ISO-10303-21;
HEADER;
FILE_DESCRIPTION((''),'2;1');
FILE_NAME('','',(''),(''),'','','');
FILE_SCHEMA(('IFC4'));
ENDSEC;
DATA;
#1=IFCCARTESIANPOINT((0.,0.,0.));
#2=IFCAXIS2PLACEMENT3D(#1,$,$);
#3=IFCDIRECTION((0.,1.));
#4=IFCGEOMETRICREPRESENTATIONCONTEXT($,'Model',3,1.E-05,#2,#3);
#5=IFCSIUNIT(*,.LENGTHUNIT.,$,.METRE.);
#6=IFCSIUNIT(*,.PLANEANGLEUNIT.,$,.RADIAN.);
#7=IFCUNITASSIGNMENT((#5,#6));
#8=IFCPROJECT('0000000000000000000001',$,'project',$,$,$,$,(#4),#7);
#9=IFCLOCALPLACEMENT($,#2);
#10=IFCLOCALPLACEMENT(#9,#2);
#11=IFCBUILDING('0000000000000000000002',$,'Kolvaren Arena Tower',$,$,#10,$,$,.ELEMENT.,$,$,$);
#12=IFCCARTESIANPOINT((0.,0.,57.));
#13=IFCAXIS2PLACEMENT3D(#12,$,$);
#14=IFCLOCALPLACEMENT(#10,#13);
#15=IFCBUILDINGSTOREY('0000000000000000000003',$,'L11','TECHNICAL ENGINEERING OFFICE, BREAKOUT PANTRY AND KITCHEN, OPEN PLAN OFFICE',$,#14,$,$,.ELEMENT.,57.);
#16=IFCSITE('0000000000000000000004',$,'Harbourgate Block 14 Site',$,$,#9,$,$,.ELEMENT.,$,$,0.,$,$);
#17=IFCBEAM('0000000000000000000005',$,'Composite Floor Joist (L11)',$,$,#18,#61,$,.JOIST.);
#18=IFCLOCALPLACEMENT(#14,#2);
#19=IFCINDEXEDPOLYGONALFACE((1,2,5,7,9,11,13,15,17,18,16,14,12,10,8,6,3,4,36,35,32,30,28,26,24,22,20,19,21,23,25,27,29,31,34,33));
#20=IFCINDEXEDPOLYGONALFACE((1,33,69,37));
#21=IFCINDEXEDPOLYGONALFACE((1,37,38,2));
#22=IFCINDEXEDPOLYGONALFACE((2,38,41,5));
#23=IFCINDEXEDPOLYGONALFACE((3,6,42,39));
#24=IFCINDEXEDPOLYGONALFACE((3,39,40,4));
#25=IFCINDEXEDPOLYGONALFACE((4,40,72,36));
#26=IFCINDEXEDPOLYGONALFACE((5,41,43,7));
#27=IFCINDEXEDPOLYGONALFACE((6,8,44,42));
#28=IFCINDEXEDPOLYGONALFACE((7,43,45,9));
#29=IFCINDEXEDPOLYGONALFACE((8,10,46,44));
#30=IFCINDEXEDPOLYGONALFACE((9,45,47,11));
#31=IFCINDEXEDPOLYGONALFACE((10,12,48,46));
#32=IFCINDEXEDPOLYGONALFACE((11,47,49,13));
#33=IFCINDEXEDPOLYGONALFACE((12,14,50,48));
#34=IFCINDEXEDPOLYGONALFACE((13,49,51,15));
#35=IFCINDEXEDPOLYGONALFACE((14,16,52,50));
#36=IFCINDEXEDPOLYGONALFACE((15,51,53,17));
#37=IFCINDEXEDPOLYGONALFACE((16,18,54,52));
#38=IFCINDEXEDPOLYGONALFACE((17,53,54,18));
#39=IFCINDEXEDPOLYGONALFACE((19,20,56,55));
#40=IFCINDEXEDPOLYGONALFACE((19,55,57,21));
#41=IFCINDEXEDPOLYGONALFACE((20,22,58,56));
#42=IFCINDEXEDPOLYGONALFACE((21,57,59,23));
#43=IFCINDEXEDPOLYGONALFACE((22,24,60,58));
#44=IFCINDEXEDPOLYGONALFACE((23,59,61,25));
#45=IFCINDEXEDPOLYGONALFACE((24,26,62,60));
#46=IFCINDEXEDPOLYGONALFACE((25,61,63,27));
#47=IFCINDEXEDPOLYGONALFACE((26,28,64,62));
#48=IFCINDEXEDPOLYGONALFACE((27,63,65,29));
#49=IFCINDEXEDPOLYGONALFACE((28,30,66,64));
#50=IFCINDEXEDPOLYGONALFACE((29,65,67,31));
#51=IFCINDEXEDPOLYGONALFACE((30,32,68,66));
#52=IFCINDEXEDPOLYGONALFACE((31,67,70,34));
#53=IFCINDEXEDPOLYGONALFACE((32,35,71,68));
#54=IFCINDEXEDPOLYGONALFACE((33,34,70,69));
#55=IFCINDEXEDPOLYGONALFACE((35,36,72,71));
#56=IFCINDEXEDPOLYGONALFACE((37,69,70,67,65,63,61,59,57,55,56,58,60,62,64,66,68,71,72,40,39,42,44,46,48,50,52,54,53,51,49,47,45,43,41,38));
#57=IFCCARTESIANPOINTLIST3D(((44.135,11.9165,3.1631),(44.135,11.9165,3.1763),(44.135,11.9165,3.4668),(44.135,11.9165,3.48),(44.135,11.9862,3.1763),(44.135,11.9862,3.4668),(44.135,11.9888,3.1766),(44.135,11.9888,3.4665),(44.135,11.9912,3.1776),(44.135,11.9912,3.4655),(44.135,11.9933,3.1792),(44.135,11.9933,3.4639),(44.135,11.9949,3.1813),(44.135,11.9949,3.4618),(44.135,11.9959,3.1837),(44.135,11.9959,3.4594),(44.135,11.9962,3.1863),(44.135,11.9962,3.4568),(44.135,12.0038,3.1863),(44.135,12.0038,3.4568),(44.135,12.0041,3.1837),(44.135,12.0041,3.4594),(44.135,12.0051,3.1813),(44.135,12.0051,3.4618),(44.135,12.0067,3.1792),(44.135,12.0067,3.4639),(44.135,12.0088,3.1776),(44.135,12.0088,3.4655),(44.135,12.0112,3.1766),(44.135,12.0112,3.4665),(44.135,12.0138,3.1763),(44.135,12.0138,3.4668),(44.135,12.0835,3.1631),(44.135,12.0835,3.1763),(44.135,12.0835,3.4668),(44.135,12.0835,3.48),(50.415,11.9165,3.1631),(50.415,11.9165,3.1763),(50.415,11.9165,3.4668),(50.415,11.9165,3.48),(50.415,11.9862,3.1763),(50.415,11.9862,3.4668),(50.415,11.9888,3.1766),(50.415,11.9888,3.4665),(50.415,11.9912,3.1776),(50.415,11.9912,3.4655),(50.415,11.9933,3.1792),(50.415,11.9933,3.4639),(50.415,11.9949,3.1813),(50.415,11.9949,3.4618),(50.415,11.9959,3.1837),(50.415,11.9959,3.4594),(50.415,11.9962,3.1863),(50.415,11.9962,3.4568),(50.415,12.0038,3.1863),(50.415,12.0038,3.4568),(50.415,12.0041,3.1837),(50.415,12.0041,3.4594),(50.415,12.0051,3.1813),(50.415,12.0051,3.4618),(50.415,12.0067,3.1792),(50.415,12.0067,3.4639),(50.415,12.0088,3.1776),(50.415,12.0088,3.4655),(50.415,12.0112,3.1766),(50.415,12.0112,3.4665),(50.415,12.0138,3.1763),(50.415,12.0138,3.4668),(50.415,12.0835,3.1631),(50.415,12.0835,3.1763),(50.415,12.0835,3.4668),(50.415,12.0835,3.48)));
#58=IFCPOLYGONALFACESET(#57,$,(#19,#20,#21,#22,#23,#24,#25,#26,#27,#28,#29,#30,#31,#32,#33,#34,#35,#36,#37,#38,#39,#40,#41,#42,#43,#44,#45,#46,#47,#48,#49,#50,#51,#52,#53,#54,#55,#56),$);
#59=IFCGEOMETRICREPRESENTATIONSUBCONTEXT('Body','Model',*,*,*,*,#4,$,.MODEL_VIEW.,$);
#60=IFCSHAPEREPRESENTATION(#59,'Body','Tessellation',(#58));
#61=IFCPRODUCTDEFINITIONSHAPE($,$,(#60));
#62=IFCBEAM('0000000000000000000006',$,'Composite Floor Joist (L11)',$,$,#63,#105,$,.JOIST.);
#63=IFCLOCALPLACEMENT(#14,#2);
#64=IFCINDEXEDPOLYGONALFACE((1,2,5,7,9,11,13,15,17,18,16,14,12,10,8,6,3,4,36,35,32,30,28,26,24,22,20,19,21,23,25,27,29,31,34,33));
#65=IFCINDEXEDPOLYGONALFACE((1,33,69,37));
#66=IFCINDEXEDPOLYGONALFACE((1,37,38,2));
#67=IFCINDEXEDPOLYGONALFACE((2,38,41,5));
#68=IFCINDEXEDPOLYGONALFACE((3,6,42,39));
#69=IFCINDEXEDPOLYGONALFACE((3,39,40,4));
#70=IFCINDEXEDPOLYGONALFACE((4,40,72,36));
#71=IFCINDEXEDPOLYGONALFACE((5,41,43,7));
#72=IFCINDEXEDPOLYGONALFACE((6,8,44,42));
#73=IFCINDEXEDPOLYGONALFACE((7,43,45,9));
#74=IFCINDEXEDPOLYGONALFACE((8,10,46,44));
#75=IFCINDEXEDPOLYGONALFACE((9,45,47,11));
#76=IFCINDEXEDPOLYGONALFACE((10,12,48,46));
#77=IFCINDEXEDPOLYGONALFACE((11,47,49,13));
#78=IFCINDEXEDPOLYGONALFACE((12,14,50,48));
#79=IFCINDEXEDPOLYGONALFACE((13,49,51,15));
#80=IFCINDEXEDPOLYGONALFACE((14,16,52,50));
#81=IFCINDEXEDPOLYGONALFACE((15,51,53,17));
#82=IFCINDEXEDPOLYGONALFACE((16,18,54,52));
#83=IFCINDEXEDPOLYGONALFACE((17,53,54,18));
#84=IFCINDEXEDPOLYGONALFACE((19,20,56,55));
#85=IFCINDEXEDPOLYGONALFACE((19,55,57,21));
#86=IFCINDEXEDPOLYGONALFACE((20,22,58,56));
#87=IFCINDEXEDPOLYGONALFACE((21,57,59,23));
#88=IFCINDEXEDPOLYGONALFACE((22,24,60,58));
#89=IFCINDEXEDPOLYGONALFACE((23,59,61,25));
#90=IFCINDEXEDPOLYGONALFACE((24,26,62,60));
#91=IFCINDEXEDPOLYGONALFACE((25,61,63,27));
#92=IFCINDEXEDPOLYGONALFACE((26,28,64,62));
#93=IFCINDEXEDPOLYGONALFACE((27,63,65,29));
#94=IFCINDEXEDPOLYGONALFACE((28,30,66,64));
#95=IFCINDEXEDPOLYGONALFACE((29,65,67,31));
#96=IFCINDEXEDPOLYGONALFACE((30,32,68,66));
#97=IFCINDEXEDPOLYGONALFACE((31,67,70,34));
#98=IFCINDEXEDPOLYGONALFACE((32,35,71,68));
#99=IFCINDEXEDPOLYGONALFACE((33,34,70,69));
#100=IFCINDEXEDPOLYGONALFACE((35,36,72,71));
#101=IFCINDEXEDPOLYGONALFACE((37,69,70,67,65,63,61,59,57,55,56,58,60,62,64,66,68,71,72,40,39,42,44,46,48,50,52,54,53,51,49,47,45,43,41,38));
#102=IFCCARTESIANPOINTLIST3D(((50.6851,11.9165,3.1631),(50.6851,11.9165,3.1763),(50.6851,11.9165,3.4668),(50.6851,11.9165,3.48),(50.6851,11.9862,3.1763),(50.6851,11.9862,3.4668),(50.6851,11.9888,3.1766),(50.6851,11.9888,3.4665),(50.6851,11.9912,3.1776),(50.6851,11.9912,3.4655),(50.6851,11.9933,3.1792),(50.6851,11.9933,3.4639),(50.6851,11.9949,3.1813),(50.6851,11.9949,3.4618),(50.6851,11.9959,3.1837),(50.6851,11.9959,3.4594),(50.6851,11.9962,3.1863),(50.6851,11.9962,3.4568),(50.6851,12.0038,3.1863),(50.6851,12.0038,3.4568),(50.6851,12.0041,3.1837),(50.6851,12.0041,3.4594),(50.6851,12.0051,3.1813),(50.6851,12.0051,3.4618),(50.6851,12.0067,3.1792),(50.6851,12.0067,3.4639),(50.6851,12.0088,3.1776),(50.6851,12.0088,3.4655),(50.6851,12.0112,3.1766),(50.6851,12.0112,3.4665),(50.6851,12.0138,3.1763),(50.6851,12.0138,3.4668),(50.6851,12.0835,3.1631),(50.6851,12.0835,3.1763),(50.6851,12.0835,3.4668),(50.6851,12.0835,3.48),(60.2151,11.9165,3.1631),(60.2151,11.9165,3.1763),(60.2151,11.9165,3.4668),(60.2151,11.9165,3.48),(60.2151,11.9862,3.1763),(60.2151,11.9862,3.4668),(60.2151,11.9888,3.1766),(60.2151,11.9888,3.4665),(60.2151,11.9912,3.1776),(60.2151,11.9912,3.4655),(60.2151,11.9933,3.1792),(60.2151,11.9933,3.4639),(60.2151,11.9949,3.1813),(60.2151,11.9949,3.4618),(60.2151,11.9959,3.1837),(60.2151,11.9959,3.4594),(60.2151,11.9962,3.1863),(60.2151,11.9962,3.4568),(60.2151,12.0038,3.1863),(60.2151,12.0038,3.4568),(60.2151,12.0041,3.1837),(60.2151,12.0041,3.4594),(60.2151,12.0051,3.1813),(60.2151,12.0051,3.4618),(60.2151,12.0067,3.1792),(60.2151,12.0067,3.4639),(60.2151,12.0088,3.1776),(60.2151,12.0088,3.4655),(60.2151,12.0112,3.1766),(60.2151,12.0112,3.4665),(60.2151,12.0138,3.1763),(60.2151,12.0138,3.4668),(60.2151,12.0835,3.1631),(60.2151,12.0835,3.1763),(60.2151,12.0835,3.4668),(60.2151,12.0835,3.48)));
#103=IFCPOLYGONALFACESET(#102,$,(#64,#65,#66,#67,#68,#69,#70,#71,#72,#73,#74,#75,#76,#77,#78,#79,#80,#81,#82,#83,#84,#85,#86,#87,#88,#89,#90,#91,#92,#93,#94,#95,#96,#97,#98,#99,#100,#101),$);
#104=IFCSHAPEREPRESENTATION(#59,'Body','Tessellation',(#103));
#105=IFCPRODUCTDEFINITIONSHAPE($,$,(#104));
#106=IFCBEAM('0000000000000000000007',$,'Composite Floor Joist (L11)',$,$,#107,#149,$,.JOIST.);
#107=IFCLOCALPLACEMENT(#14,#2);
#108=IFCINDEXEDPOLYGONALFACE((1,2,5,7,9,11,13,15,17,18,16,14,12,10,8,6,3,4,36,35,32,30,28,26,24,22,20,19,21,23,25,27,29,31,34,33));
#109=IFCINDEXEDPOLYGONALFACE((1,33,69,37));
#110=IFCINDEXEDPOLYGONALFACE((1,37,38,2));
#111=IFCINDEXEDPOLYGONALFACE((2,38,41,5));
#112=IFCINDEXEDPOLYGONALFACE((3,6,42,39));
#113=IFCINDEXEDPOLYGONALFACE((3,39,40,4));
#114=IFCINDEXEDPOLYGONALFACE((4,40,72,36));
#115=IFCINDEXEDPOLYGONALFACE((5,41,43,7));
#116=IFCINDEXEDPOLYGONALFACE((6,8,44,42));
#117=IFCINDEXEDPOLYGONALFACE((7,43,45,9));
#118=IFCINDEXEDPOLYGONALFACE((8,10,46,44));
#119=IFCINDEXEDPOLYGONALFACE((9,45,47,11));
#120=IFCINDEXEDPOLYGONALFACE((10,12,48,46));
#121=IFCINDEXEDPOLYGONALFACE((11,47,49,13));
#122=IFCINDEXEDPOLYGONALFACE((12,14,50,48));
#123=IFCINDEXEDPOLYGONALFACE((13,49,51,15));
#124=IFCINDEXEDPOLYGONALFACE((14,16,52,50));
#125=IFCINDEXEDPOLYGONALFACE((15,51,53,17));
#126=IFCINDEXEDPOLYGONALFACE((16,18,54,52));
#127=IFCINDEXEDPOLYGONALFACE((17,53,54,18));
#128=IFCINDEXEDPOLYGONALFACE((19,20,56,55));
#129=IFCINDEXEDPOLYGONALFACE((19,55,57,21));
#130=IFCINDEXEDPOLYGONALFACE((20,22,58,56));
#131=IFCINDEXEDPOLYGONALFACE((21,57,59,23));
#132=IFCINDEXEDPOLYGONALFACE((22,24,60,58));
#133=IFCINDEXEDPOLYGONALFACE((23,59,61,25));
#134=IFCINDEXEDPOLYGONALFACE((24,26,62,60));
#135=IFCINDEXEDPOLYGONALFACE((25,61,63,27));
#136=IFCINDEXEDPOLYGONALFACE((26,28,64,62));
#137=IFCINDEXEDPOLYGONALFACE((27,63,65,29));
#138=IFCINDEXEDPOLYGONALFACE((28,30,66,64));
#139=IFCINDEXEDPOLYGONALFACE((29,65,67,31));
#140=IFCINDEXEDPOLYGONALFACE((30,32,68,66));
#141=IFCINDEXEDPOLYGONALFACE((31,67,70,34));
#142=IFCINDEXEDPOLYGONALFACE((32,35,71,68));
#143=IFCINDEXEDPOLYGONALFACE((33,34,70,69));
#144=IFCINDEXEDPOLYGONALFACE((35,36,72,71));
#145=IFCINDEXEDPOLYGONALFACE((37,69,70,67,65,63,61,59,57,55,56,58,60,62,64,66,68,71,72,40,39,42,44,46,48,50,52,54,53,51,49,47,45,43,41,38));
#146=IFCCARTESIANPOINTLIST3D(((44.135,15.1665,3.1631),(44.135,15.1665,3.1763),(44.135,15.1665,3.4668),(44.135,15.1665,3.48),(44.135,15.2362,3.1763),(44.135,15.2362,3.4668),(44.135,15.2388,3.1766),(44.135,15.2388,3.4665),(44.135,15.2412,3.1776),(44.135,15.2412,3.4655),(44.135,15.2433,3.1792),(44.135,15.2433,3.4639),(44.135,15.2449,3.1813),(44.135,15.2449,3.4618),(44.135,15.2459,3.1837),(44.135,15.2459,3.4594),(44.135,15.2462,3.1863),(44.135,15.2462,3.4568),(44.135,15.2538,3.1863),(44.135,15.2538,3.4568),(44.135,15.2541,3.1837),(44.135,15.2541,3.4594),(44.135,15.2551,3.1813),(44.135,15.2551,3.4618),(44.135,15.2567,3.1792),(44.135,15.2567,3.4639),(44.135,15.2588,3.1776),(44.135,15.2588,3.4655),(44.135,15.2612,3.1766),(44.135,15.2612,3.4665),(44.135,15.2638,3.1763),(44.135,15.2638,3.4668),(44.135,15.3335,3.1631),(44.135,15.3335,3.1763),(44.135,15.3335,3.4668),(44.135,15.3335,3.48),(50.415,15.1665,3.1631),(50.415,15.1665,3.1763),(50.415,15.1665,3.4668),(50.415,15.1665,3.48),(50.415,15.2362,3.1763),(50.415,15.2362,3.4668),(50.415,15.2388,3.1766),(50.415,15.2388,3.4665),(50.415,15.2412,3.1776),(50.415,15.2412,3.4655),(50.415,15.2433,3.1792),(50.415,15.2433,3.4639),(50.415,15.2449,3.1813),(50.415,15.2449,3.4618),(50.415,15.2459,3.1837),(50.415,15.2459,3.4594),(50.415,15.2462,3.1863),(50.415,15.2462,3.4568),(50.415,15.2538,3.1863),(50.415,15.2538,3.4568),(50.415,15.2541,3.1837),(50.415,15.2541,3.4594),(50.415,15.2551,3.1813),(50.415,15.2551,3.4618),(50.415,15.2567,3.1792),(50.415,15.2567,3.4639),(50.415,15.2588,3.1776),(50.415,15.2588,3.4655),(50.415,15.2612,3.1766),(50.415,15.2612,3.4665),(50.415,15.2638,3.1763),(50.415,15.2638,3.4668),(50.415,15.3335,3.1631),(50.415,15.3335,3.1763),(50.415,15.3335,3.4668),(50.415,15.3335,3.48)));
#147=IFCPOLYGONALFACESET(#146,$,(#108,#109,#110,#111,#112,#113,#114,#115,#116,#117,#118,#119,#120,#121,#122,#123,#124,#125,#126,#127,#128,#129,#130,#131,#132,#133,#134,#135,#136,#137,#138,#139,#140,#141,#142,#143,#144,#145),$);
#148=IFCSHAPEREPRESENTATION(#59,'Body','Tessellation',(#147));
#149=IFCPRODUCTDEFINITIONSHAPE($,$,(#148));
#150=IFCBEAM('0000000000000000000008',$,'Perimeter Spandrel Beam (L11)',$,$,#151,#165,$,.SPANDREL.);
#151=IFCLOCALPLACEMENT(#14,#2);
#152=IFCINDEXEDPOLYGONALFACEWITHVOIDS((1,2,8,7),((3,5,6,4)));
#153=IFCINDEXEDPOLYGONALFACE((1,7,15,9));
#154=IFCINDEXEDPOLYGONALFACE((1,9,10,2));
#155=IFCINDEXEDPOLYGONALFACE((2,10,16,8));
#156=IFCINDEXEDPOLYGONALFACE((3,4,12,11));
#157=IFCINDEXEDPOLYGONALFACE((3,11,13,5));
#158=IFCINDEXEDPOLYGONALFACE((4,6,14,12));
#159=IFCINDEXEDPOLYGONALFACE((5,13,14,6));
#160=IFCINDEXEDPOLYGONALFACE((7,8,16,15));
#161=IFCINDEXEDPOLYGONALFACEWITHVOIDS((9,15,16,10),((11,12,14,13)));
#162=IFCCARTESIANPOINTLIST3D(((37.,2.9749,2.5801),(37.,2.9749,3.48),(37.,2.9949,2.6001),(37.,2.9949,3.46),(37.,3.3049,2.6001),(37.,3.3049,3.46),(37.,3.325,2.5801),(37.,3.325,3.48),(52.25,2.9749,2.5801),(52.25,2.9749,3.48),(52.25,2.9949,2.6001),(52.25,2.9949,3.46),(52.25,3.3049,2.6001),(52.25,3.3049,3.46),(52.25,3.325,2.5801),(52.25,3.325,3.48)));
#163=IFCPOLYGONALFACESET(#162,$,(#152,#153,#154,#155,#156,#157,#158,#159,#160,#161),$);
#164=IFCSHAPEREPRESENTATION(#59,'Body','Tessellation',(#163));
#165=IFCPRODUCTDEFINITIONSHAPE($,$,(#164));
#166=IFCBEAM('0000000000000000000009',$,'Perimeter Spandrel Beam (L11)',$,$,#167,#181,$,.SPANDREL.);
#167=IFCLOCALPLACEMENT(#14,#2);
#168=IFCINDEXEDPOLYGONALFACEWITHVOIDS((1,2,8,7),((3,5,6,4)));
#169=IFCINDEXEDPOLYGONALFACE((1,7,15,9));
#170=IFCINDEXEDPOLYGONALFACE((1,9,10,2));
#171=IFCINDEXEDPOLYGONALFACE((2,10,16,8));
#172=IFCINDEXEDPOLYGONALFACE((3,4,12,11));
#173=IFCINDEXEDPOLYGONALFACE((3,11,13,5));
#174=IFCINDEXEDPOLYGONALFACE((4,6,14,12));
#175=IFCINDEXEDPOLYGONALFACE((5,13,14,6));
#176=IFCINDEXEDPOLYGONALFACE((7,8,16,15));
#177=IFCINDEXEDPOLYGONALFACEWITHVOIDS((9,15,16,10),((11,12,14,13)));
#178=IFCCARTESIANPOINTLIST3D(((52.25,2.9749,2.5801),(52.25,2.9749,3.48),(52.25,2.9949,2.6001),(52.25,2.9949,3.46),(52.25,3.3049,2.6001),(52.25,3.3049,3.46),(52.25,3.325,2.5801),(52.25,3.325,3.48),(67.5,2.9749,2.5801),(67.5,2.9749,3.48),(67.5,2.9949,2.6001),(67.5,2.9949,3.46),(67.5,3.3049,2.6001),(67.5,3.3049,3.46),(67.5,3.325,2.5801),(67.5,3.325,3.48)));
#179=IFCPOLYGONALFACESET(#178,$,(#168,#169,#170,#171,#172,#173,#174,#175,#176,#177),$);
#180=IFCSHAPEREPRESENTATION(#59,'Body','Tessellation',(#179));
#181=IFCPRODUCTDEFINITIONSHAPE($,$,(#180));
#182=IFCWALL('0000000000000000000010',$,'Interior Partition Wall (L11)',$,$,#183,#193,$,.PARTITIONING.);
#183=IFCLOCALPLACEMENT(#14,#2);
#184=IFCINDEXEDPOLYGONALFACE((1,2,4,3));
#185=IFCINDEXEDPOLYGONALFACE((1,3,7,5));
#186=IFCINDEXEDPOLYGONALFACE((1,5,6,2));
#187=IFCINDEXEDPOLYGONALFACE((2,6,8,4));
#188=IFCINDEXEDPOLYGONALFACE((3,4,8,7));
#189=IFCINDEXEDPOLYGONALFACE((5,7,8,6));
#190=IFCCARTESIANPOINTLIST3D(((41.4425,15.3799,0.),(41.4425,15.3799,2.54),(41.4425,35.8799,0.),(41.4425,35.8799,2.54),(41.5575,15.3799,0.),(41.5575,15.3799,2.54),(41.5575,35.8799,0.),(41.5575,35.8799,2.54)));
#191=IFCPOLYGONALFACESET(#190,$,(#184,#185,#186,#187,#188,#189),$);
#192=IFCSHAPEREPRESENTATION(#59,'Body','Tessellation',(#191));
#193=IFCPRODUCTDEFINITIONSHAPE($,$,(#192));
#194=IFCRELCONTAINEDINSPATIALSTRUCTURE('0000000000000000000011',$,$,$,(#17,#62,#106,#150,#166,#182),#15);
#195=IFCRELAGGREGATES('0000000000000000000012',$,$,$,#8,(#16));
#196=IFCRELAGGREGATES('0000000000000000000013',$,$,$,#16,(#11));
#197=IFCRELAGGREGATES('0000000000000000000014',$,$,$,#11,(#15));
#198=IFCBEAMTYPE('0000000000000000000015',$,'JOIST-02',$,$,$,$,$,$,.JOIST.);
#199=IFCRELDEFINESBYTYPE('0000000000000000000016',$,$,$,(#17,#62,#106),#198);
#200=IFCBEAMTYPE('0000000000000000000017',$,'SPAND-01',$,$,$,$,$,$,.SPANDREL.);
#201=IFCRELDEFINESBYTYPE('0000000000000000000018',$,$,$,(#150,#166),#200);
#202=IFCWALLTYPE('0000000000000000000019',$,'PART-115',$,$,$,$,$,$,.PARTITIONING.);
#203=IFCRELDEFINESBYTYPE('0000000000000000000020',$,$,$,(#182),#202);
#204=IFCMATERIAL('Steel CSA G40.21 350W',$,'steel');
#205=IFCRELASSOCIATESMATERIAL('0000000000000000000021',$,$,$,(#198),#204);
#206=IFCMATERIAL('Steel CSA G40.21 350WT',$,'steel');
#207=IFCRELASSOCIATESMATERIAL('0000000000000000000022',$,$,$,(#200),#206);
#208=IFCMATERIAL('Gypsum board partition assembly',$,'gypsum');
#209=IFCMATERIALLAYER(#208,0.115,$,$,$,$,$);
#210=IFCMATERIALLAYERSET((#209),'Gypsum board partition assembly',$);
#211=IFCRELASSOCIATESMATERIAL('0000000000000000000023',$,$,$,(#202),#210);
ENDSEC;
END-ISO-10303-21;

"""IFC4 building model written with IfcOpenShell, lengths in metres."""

from ifc_helpers import new_model, si_unit, direction, frame, frame_2d, origin, origin_2d, place, context, subcontext, project, spatial, rectangle, hollow_rectangle, i_section, extrude, material, layer, layer_set, material_profile, profile_set, type_object, element, save


model = new_model("IFC4")

# Units and contexts
model_context = context("Model", 3, precision=1e-05, world=origin(), true_north=direction((0.0, 1.0)))
body_context = subcontext(model_context, "Body", "Model", "MODEL_VIEW")
ifc_project = project(units=[si_unit("LENGTHUNIT", "METRE"), si_unit("PLANEANGLEUNIT", "RADIAN")], contexts=[model_context])

# Site, building, storey
site_placement = place(None, origin())
site = spatial("IfcSite", under=ifc_project, at=site_placement, Name="Harbourgate Block 14 Site", CompositionType="ELEMENT", RefElevation=0.0)
building_placement = place(site_placement, origin())
building = spatial("IfcBuilding", under=site, at=building_placement, Name="Kolvaren Arena Tower", CompositionType="ELEMENT")
storey_placement = place(building_placement, frame((0.0, 0.0, 57.0)))
storey = spatial("IfcBuildingStorey", under=building, at=storey_placement, Name="L11", Description="TECHNICAL ENGINEERING OFFICE, BREAKOUT PANTRY AND KITCHEN, OPEN PLAN OFFICE", CompositionType="ELEMENT", Elevation=57.0)

# Beams
ifc_material_1 = material(Name="Steel CSA G40.21 350W", Category="steel")
ifc_material_profile_1 = material_profile(ifc_material_1, i_section(OverallWidth=0.167, OverallDepth=0.3169, WebThickness=0.0076, FlangeThickness=0.0132, FilletRadius=0.01, at=origin_2d()), Name="W310x52")
ifc_profile_set_1 = profile_set([ifc_material_profile_1], Name="Steel CSA G40.21 350W")
beam_type_1 = type_object("IfcBeamType", Name="JOIST-02", PredefinedType="JOIST", material=ifc_profile_set_1)
beam_1_placement = place(storey_placement, frame((44.135, 12.0, 3.3215), z_axis=(1.0, 0.0, 0.0), x_axis=(0.0, 1.0, 0.0)))
element("IfcBeam", 1, at=beam_1_placement, inside=storey, type_object=beam_type_1, Name="Composite Floor Joist (L11)", PredefinedType="JOIST", context=body_context, shape_type="SweptSolid", body=[
    extrude(i_section(OverallWidth=0.167, OverallDepth=0.3169, WebThickness=0.0076, FlangeThickness=0.0132, FilletRadius=0.01, at=origin_2d()), origin(), (0.0, 0.0, 1.0), 6.28),
])
beam_2_placement = place(storey_placement, frame((50.6851, 12.0, 3.3215), z_axis=(1.0, 0.0, 0.0), x_axis=(0.0, 1.0, 0.0)))
element("IfcBeam", 2, at=beam_2_placement, inside=storey, type_object=beam_type_1, Name="Composite Floor Joist (L11)", PredefinedType="JOIST", context=body_context, shape_type="SweptSolid", body=[
    extrude(i_section(OverallWidth=0.167, OverallDepth=0.3169, WebThickness=0.0076, FlangeThickness=0.0132, FilletRadius=0.01, at=origin_2d()), origin(), (0.0, 0.0, 1.0), 9.53),
])
beam_3_placement = place(storey_placement, frame((44.135, 15.25, 3.3215), z_axis=(1.0, 0.0, 0.0), x_axis=(0.0, 1.0, 0.0)))
element("IfcBeam", 3, at=beam_3_placement, inside=storey, type_object=beam_type_1, Name="Composite Floor Joist (L11)", PredefinedType="JOIST", context=body_context, shape_type="SweptSolid", body=[
    extrude(i_section(OverallWidth=0.167, OverallDepth=0.3169, WebThickness=0.0076, FlangeThickness=0.0132, FilletRadius=0.01, at=origin_2d()), origin(), (0.0, 0.0, 1.0), 6.28),
])
ifc_material_2 = material(Name="Steel CSA G40.21 350WT", Category="steel")
ifc_material_profile_2 = material_profile(ifc_material_2, hollow_rectangle(XDim=0.3501, YDim=0.8999, WallThickness=0.02, at=origin_2d()), Name="HSS 900x350x20")
ifc_profile_set_2 = profile_set([ifc_material_profile_2], Name="Steel CSA G40.21 350WT")
beam_type_2 = type_object("IfcBeamType", Name="SPAND-01", PredefinedType="SPANDREL", material=ifc_profile_set_2)
for number, where, z_axis, x_axis, name in (
    (4, (37.0, 3.1499, 3.03), (1.0, 0.0, 0.0), (0.0, 1.0, 0.0), "Perimeter Spandrel Beam (L11)"),
    (5, (52.25, 3.1499, 3.03), (1.0, 0.0, 0.0), (0.0, 1.0, 0.0), "Perimeter Spandrel Beam (L11)"),
):
    element("IfcBeam", number, at=place(storey_placement, frame(where, z_axis=z_axis, x_axis=x_axis)), inside=storey, type_object=beam_type_2, Name=name, PredefinedType="SPANDREL", context=body_context, shape_type="SweptSolid", body=[
        extrude(hollow_rectangle(XDim=0.3501, YDim=0.8999, WallThickness=0.02, at=origin_2d()), origin(), (0.0, 0.0, 1.0), 15.25),
    ])

# Wall
ifc_material_3 = material(Name="Gypsum board partition assembly", Category="gypsum")
ifc_layer_1 = layer(ifc_material_3, 0.115)
ifc_layer_set_1 = layer_set([ifc_layer_1], Name="Gypsum board partition assembly")
wall_type_1 = type_object("IfcWallType", Name="PART-115", PredefinedType="PARTITIONING", material=ifc_layer_set_1)
wall_placement = place(storey_placement, frame((41.5, 15.3799, 0.0), z_axis=(0.0, 0.0, 1.0), x_axis=(0.0, 1.0, 0.0)))
element("IfcWall", 6, at=wall_placement, inside=storey, type_object=wall_type_1, Name="Interior Partition Wall (L11)", PredefinedType="PARTITIONING", context=body_context, shape_type="SweptSolid", body=[
    extrude(rectangle(XDim=20.5, YDim=0.115, at=frame_2d((10.25, 0.0))), origin(), (0.0, 0.0, 1.0), 2.54),
])

save(model, "model.ifc")
